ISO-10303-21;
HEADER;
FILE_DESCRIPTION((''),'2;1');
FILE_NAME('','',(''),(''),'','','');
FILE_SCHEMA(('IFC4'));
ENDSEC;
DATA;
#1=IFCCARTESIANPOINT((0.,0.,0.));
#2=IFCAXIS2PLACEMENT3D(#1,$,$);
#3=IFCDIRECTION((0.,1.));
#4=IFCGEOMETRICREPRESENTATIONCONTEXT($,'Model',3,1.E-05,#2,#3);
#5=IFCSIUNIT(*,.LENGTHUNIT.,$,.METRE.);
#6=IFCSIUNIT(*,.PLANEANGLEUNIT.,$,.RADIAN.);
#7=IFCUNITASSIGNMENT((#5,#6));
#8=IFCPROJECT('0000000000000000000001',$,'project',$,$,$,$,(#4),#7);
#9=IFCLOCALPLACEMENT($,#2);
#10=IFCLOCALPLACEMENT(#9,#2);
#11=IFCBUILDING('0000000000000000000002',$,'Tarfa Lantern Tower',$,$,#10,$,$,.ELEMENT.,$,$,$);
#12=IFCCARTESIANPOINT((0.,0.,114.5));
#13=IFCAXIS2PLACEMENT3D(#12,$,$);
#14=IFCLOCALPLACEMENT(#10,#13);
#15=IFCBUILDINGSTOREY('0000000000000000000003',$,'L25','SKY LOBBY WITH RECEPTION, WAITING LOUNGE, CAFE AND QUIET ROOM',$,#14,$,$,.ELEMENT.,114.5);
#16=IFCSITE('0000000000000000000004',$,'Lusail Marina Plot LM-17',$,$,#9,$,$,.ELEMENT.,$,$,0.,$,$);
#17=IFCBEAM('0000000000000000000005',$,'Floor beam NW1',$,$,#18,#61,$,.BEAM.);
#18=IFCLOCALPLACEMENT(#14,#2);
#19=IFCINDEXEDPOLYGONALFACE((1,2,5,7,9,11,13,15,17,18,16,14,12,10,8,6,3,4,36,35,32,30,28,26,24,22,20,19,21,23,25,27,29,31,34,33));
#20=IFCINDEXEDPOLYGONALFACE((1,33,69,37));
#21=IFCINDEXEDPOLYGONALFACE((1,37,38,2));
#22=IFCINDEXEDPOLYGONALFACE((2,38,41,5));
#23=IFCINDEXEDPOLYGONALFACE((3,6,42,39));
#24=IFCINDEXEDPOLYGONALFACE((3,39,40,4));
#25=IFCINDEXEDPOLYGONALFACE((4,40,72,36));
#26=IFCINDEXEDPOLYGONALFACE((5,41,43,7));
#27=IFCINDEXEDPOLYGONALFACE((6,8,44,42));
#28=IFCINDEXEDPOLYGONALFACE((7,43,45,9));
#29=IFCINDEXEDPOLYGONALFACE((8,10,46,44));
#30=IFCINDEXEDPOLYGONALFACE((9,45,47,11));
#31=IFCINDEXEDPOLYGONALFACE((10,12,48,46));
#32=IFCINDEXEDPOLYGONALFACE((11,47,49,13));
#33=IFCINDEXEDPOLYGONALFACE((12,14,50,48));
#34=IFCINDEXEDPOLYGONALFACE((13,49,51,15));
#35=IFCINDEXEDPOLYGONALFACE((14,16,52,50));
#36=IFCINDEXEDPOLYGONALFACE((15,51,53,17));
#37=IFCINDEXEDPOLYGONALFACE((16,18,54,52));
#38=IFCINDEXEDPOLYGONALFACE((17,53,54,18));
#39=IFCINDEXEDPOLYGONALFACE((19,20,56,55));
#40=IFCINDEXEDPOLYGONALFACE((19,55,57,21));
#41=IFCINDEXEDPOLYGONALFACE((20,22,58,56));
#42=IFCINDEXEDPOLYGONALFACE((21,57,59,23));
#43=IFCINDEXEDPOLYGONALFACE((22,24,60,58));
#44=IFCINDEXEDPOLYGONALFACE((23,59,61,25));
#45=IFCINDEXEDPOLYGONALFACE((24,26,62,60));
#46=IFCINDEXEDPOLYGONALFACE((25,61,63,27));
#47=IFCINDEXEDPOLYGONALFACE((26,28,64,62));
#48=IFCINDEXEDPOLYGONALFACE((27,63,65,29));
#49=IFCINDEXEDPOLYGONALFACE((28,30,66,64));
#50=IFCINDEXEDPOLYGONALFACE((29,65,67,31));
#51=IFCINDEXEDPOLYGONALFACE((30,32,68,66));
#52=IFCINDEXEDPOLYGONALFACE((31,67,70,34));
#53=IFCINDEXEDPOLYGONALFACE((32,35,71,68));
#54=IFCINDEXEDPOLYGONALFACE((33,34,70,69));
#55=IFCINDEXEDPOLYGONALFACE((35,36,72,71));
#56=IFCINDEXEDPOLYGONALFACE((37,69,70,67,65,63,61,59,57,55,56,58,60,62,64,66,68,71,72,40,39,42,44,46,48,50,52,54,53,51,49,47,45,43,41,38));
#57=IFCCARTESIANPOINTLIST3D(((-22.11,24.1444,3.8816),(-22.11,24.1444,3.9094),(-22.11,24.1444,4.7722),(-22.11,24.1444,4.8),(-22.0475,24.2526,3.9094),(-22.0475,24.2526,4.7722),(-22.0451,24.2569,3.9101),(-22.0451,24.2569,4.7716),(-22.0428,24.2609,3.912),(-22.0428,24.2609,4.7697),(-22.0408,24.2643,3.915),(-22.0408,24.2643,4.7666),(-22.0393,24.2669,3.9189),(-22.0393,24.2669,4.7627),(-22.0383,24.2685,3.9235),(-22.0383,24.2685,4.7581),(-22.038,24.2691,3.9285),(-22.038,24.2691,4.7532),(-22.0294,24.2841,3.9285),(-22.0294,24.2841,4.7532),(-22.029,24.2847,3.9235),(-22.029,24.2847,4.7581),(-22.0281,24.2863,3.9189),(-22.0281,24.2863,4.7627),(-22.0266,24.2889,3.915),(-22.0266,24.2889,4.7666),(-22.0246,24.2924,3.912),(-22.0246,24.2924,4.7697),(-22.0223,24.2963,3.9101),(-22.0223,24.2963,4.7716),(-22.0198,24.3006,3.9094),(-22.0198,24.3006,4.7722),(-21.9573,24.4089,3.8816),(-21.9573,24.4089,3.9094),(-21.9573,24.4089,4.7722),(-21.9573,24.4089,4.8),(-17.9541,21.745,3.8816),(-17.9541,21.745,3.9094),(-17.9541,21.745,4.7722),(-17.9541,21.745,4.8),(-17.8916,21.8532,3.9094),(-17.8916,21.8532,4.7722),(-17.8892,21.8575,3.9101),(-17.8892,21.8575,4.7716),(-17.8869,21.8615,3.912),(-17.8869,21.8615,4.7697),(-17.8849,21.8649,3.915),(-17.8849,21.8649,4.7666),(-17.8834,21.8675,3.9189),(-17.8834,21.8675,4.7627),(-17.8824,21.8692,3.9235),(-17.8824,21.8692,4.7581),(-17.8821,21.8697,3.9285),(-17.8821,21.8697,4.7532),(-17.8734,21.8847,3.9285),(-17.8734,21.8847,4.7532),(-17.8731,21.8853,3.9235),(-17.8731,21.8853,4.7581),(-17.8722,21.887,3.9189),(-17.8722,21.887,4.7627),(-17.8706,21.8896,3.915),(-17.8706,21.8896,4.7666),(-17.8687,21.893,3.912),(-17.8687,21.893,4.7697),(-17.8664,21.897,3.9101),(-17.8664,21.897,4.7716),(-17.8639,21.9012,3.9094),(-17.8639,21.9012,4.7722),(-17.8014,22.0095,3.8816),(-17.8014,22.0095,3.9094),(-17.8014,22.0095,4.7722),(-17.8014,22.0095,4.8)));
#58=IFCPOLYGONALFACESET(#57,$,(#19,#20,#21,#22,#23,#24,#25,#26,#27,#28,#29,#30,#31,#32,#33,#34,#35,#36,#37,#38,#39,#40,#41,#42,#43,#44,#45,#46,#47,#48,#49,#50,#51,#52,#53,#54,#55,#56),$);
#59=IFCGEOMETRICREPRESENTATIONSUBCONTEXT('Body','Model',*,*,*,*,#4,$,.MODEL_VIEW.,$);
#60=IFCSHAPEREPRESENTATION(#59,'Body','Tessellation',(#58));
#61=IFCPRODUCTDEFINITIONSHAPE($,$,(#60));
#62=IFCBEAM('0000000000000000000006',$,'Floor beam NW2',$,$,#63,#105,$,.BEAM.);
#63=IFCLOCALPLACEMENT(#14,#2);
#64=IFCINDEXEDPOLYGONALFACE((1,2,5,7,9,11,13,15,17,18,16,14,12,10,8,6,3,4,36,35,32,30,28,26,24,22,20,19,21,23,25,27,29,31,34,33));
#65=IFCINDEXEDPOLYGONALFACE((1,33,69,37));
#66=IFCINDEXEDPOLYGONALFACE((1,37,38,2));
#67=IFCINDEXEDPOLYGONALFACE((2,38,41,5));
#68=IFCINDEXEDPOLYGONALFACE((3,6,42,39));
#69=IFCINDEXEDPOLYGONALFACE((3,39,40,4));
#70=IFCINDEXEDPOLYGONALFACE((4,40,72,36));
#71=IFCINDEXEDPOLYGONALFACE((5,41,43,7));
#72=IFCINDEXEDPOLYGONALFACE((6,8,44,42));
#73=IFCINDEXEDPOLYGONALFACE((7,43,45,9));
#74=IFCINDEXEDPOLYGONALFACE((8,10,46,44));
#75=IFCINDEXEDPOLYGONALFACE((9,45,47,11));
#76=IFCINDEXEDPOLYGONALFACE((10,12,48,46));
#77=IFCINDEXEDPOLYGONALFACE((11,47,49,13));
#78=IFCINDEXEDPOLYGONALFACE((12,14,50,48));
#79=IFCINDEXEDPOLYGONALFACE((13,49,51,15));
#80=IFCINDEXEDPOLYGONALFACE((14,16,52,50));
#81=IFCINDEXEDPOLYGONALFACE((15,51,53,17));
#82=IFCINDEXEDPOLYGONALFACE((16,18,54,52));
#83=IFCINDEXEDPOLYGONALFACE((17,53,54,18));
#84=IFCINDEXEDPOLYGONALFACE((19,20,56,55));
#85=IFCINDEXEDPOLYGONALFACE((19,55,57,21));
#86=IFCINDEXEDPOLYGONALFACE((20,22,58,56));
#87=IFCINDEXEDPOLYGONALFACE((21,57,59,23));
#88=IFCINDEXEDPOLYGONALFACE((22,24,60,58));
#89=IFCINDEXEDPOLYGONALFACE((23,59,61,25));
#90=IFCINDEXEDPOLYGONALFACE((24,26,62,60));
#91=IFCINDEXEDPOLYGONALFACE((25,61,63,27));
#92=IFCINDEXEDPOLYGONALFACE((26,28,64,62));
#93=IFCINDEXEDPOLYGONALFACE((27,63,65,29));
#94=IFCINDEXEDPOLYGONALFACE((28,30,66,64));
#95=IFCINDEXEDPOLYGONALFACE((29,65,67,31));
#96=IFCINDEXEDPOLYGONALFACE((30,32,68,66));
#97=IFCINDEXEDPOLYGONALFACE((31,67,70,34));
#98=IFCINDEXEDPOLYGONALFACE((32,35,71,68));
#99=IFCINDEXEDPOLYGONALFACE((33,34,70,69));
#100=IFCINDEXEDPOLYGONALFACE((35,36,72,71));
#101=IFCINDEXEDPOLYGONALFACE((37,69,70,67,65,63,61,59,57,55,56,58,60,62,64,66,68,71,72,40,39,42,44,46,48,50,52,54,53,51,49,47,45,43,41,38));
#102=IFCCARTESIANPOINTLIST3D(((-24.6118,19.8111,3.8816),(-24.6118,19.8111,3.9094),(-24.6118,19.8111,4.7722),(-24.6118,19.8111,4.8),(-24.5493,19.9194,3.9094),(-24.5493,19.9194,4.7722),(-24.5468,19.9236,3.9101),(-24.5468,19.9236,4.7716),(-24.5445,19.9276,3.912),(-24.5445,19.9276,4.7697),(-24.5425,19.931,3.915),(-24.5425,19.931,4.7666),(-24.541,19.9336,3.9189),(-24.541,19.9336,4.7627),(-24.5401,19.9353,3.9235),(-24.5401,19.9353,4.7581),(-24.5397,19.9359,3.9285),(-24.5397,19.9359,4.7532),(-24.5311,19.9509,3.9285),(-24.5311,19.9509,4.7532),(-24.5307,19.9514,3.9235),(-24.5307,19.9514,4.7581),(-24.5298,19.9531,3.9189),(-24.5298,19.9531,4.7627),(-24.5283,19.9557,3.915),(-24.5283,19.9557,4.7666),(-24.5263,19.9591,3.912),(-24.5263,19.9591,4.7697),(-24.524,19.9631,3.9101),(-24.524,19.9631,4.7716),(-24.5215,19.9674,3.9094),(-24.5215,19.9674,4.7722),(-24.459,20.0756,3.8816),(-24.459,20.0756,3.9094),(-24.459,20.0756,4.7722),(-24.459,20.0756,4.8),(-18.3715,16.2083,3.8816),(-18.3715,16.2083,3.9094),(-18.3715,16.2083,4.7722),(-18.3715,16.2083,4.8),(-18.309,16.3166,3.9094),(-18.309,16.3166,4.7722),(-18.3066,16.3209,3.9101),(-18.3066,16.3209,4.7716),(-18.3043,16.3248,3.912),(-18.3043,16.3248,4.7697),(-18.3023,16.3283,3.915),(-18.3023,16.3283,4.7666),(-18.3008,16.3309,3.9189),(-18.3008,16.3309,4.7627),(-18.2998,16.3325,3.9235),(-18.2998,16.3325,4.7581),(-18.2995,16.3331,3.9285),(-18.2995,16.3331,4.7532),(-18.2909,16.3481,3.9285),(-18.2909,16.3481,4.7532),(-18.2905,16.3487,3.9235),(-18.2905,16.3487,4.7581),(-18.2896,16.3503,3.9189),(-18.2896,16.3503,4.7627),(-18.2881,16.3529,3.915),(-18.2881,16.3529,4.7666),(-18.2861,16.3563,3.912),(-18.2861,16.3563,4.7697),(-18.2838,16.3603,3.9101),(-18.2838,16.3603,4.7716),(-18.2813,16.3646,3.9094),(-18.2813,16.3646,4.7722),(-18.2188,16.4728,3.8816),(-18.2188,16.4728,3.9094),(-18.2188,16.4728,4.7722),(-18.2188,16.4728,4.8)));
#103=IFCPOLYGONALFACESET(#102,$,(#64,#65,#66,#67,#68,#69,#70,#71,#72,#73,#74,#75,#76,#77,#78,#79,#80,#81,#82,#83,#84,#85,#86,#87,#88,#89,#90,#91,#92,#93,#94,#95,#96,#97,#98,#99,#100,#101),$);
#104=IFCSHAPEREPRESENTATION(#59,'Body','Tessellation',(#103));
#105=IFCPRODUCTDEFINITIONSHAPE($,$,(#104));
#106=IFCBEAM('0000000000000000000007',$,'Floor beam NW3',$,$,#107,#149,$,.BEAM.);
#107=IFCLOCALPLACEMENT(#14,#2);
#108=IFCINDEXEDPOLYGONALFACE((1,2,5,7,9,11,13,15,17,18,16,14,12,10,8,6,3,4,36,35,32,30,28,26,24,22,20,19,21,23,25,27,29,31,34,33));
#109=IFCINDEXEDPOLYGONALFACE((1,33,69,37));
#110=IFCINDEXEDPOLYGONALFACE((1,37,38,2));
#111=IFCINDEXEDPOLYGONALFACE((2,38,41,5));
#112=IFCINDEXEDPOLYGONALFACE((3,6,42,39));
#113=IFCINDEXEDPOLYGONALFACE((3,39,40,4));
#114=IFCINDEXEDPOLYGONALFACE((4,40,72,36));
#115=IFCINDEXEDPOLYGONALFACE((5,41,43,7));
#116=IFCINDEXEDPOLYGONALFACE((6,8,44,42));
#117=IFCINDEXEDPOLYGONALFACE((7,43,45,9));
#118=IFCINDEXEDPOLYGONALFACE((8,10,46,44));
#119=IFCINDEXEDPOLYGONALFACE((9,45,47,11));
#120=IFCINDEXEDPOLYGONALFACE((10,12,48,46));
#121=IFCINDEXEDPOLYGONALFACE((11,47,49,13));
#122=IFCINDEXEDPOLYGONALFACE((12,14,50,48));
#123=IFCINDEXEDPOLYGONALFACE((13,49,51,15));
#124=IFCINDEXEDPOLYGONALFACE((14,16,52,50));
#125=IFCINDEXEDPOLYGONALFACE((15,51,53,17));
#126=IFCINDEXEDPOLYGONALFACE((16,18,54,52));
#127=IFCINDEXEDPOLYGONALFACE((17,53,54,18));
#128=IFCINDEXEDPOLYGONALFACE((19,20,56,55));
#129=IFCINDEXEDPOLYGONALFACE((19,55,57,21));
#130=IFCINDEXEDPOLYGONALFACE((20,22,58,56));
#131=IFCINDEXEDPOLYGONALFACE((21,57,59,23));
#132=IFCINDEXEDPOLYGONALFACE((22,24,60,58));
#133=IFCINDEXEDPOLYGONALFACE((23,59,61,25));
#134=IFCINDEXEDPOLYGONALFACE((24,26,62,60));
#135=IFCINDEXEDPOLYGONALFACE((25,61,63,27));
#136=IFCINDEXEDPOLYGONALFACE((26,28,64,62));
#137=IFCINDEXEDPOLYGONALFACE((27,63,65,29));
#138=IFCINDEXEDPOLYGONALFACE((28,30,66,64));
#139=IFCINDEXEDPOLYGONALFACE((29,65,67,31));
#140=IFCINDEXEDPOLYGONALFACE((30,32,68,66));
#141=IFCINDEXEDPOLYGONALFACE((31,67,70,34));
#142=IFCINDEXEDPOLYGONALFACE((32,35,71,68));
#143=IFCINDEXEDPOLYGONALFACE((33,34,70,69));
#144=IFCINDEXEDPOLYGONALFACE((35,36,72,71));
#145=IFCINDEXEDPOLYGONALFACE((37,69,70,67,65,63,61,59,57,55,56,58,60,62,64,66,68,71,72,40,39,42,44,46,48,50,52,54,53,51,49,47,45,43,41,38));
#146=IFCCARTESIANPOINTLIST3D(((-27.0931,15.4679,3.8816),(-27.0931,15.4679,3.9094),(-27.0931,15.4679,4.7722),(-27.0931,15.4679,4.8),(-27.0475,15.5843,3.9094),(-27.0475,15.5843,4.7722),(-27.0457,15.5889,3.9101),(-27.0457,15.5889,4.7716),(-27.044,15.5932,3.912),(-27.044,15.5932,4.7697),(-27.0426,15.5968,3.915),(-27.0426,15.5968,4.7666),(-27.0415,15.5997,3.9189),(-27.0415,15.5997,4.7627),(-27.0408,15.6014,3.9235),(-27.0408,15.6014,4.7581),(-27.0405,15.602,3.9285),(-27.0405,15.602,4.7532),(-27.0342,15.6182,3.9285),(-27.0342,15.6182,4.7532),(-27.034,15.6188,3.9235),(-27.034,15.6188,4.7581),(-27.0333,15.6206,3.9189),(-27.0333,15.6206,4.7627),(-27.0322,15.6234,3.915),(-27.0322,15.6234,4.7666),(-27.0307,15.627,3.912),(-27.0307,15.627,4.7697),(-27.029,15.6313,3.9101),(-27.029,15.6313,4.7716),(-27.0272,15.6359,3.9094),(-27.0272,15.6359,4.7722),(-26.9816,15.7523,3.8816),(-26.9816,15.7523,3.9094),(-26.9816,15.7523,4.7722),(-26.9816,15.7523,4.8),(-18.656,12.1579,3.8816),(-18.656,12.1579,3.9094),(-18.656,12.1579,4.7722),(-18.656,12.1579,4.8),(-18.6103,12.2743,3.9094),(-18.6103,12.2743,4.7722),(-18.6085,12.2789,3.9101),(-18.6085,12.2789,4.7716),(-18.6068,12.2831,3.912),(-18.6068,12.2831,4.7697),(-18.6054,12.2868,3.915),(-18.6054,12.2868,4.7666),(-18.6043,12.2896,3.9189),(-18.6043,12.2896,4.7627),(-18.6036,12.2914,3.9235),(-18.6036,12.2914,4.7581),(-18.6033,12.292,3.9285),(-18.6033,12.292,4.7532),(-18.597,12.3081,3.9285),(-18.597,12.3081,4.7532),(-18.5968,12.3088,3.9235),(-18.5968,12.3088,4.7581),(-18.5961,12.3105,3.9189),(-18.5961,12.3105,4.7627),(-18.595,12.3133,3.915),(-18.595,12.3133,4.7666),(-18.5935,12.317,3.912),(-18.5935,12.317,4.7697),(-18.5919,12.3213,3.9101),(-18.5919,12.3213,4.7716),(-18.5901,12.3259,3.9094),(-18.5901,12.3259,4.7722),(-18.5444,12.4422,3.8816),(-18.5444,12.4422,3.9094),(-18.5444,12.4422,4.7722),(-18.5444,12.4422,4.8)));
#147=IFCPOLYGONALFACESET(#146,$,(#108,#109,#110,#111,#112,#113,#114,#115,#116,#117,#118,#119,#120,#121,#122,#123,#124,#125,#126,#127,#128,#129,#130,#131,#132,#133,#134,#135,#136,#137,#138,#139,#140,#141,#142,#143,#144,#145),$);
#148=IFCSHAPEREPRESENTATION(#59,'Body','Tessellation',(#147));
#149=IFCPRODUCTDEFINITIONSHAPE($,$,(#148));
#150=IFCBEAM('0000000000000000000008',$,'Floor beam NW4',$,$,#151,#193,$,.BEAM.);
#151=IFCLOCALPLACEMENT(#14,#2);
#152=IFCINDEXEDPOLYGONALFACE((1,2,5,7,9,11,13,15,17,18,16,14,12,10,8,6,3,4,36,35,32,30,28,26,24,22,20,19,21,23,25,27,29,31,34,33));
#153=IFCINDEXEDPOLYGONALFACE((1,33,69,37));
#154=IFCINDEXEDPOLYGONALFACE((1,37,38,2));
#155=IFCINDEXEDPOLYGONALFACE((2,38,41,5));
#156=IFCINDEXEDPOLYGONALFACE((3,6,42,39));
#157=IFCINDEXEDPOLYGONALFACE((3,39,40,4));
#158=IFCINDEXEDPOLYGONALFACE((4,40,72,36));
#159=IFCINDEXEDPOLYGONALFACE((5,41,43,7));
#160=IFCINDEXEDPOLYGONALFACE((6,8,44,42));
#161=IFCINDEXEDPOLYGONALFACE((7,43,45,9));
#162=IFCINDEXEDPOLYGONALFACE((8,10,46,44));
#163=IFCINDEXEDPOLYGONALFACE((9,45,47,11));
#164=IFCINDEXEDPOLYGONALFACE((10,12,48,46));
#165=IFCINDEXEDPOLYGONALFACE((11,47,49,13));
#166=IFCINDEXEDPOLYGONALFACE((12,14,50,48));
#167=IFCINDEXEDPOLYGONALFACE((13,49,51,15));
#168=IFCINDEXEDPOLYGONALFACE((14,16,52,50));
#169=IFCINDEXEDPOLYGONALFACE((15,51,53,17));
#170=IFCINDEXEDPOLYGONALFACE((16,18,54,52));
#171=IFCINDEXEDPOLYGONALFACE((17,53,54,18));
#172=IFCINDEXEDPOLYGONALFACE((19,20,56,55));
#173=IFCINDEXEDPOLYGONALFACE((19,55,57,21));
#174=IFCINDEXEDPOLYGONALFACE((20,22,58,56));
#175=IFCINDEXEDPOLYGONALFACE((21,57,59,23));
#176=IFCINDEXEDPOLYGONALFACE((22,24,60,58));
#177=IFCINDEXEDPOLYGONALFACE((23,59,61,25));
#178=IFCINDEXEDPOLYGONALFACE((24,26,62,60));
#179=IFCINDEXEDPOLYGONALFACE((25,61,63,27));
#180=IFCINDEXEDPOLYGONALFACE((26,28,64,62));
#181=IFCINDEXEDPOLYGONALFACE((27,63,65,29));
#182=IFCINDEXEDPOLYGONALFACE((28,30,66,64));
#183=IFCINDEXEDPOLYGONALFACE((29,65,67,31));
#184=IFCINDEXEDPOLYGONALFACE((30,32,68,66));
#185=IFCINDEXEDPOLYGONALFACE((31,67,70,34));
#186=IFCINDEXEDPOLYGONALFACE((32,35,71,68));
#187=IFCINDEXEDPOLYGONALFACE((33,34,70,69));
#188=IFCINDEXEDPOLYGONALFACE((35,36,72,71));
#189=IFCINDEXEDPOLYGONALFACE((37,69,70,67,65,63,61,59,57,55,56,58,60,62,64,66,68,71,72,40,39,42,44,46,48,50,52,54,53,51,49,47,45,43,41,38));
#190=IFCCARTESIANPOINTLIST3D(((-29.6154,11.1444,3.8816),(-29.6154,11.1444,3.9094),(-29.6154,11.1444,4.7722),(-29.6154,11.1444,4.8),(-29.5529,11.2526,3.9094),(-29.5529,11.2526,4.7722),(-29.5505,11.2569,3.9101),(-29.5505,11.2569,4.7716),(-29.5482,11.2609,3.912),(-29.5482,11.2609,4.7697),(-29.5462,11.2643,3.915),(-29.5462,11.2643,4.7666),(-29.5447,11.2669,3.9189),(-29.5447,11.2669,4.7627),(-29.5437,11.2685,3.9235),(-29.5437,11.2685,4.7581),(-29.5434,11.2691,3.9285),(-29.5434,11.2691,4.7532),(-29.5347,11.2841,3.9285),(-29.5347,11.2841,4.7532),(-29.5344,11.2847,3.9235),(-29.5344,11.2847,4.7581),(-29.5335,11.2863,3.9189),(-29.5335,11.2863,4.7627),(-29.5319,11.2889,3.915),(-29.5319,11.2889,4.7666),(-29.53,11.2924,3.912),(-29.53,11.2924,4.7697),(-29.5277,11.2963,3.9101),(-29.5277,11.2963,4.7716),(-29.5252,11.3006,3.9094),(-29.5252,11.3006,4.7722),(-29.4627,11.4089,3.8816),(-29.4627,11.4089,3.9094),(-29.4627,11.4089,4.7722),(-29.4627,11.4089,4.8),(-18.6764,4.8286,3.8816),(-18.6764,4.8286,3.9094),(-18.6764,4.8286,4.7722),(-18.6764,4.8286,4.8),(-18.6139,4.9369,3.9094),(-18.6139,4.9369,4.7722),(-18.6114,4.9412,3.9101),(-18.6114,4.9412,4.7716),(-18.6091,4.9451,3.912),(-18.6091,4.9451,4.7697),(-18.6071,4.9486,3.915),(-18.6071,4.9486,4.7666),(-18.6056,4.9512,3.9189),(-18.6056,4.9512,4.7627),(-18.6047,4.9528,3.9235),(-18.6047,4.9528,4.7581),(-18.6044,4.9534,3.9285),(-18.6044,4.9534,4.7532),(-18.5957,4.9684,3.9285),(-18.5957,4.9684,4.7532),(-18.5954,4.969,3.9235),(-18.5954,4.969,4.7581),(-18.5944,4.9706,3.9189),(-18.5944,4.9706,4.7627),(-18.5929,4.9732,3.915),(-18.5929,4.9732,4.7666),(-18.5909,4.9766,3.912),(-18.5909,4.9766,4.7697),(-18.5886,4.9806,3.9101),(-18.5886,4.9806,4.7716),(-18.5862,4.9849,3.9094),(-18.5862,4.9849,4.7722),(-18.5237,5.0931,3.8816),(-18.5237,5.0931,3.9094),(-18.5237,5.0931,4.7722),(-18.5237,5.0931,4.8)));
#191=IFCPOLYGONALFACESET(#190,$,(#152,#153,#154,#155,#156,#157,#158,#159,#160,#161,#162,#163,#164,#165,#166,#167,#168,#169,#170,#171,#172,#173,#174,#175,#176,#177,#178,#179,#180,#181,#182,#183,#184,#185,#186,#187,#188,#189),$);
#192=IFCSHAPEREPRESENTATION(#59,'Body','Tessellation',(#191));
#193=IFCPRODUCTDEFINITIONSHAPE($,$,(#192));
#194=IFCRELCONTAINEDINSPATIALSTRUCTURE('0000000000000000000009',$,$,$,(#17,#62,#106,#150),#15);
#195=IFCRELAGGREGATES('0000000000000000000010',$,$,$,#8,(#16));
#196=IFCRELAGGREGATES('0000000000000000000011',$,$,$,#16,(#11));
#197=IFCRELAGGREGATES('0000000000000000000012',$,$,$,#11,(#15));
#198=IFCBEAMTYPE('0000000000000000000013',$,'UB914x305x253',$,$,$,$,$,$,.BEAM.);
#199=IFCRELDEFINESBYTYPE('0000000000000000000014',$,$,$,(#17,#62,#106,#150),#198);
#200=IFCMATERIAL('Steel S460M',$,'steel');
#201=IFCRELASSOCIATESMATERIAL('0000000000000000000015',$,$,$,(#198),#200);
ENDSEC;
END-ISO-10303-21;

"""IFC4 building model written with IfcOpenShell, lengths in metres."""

from ifc_helpers import new_model, si_unit, direction, frame, origin, origin_2d, place, context, subcontext, project, spatial, i_section, extrude, material, material_profile, profile_set, type_object, element, save


model = new_model("IFC4")

# Units and contexts
model_context = context("Model", 3, precision=1e-05, world=origin(), true_north=direction((0.0, 1.0)))
body_context = subcontext(model_context, "Body", "Model", "MODEL_VIEW")
ifc_project = project(units=[si_unit("LENGTHUNIT", "METRE"), si_unit("PLANEANGLEUNIT", "RADIAN")], contexts=[model_context])

# Site, building, storey
site_placement = place(None, origin())
site = spatial("IfcSite", under=ifc_project, at=site_placement, Name="Lusail Marina Plot LM-17", CompositionType="ELEMENT", RefElevation=0.0)
building_placement = place(site_placement, origin())
building = spatial("IfcBuilding", under=site, at=building_placement, Name="Tarfa Lantern Tower", CompositionType="ELEMENT")
storey_placement = place(building_placement, frame((0.0, 0.0, 114.5)))
storey = spatial("IfcBuildingStorey", under=building, at=storey_placement, Name="L25", Description="SKY LOBBY WITH RECEPTION, WAITING LOUNGE, CAFE AND QUIET ROOM", CompositionType="ELEMENT", Elevation=114.5)

# Beams
ifc_material_1 = material(Name="Steel S460M", Category="steel")
ifc_material_profile_1 = material_profile(ifc_material_1, i_section(OverallWidth=0.3054, OverallDepth=0.9185, WebThickness=0.0173, FlangeThickness=0.0278, FilletRadius=0.019, at=origin_2d()), Name="UB914x305x253")
ifc_profile_set_1 = profile_set([ifc_material_profile_1], Name="Steel S460M")
beam_type_1 = type_object("IfcBeamType", Name="UB914x305x253", PredefinedType="BEAM", material=ifc_profile_set_1)
beam_1_placement = place(storey_placement, frame((-22.0337, 24.2766, 4.3408), z_axis=(0.866031, -0.499991, 0.0), x_axis=(0.499991, 0.866031, 0.0)))
element("IfcBeam", 1, at=beam_1_placement, inside=storey, type_object=beam_type_1, Name="Floor beam NW1", PredefinedType="BEAM", context=body_context, shape_type="SweptSolid", body=[
    extrude(i_section(OverallWidth=0.3054, OverallDepth=0.9185, WebThickness=0.0173, FlangeThickness=0.0278, FilletRadius=0.019, at=origin_2d()), origin(), (0.0, 0.0, 1.0), 4.7988),
])
beam_2_placement = place(storey_placement, frame((-24.5354, 19.9434, 4.3408), z_axis=(0.866026, -0.499998, 0.0), x_axis=(0.499998, 0.866026, 0.0)))
element("IfcBeam", 2, at=beam_2_placement, inside=storey, type_object=beam_type_1, Name="Floor beam NW2", PredefinedType="BEAM", context=body_context, shape_type="SweptSolid", body=[
    extrude(i_section(OverallWidth=0.3054, OverallDepth=0.9185, WebThickness=0.0173, FlangeThickness=0.0278, FilletRadius=0.019, at=origin_2d()), origin(), (0.0, 0.0, 1.0), 7.2056),
])
beam_3_placement = place(storey_placement, frame((-27.0374, 15.6101, 4.3408), z_axis=(0.930923, -0.365215, 0.0), x_axis=(0.365215, 0.930923, 0.0)))
element("IfcBeam", 3, at=beam_3_placement, inside=storey, type_object=beam_type_1, Name="Floor beam NW3", PredefinedType="BEAM", context=body_context, shape_type="SweptSolid", body=[
    extrude(i_section(OverallWidth=0.3054, OverallDepth=0.9185, WebThickness=0.0173, FlangeThickness=0.0278, FilletRadius=0.019, at=origin_2d()), origin(), (0.0, 0.0, 1.0), 9.0632),
])
beam_4_placement = place(storey_placement, frame((-29.5391, 11.2766, 4.3408), z_axis=(0.866023, -0.500004, 0.0), x_axis=(0.500004, 0.866023, 0.0)))
element("IfcBeam", 4, at=beam_4_placement, inside=storey, type_object=beam_type_1, Name="Floor beam NW4", PredefinedType="BEAM", context=body_context, shape_type="SweptSolid", body=[
    extrude(i_section(OverallWidth=0.3054, OverallDepth=0.9185, WebThickness=0.0173, FlangeThickness=0.0278, FilletRadius=0.019, at=origin_2d()), origin(), (0.0, 0.0, 1.0), 12.6313),
])

save(model, "model.ifc")
